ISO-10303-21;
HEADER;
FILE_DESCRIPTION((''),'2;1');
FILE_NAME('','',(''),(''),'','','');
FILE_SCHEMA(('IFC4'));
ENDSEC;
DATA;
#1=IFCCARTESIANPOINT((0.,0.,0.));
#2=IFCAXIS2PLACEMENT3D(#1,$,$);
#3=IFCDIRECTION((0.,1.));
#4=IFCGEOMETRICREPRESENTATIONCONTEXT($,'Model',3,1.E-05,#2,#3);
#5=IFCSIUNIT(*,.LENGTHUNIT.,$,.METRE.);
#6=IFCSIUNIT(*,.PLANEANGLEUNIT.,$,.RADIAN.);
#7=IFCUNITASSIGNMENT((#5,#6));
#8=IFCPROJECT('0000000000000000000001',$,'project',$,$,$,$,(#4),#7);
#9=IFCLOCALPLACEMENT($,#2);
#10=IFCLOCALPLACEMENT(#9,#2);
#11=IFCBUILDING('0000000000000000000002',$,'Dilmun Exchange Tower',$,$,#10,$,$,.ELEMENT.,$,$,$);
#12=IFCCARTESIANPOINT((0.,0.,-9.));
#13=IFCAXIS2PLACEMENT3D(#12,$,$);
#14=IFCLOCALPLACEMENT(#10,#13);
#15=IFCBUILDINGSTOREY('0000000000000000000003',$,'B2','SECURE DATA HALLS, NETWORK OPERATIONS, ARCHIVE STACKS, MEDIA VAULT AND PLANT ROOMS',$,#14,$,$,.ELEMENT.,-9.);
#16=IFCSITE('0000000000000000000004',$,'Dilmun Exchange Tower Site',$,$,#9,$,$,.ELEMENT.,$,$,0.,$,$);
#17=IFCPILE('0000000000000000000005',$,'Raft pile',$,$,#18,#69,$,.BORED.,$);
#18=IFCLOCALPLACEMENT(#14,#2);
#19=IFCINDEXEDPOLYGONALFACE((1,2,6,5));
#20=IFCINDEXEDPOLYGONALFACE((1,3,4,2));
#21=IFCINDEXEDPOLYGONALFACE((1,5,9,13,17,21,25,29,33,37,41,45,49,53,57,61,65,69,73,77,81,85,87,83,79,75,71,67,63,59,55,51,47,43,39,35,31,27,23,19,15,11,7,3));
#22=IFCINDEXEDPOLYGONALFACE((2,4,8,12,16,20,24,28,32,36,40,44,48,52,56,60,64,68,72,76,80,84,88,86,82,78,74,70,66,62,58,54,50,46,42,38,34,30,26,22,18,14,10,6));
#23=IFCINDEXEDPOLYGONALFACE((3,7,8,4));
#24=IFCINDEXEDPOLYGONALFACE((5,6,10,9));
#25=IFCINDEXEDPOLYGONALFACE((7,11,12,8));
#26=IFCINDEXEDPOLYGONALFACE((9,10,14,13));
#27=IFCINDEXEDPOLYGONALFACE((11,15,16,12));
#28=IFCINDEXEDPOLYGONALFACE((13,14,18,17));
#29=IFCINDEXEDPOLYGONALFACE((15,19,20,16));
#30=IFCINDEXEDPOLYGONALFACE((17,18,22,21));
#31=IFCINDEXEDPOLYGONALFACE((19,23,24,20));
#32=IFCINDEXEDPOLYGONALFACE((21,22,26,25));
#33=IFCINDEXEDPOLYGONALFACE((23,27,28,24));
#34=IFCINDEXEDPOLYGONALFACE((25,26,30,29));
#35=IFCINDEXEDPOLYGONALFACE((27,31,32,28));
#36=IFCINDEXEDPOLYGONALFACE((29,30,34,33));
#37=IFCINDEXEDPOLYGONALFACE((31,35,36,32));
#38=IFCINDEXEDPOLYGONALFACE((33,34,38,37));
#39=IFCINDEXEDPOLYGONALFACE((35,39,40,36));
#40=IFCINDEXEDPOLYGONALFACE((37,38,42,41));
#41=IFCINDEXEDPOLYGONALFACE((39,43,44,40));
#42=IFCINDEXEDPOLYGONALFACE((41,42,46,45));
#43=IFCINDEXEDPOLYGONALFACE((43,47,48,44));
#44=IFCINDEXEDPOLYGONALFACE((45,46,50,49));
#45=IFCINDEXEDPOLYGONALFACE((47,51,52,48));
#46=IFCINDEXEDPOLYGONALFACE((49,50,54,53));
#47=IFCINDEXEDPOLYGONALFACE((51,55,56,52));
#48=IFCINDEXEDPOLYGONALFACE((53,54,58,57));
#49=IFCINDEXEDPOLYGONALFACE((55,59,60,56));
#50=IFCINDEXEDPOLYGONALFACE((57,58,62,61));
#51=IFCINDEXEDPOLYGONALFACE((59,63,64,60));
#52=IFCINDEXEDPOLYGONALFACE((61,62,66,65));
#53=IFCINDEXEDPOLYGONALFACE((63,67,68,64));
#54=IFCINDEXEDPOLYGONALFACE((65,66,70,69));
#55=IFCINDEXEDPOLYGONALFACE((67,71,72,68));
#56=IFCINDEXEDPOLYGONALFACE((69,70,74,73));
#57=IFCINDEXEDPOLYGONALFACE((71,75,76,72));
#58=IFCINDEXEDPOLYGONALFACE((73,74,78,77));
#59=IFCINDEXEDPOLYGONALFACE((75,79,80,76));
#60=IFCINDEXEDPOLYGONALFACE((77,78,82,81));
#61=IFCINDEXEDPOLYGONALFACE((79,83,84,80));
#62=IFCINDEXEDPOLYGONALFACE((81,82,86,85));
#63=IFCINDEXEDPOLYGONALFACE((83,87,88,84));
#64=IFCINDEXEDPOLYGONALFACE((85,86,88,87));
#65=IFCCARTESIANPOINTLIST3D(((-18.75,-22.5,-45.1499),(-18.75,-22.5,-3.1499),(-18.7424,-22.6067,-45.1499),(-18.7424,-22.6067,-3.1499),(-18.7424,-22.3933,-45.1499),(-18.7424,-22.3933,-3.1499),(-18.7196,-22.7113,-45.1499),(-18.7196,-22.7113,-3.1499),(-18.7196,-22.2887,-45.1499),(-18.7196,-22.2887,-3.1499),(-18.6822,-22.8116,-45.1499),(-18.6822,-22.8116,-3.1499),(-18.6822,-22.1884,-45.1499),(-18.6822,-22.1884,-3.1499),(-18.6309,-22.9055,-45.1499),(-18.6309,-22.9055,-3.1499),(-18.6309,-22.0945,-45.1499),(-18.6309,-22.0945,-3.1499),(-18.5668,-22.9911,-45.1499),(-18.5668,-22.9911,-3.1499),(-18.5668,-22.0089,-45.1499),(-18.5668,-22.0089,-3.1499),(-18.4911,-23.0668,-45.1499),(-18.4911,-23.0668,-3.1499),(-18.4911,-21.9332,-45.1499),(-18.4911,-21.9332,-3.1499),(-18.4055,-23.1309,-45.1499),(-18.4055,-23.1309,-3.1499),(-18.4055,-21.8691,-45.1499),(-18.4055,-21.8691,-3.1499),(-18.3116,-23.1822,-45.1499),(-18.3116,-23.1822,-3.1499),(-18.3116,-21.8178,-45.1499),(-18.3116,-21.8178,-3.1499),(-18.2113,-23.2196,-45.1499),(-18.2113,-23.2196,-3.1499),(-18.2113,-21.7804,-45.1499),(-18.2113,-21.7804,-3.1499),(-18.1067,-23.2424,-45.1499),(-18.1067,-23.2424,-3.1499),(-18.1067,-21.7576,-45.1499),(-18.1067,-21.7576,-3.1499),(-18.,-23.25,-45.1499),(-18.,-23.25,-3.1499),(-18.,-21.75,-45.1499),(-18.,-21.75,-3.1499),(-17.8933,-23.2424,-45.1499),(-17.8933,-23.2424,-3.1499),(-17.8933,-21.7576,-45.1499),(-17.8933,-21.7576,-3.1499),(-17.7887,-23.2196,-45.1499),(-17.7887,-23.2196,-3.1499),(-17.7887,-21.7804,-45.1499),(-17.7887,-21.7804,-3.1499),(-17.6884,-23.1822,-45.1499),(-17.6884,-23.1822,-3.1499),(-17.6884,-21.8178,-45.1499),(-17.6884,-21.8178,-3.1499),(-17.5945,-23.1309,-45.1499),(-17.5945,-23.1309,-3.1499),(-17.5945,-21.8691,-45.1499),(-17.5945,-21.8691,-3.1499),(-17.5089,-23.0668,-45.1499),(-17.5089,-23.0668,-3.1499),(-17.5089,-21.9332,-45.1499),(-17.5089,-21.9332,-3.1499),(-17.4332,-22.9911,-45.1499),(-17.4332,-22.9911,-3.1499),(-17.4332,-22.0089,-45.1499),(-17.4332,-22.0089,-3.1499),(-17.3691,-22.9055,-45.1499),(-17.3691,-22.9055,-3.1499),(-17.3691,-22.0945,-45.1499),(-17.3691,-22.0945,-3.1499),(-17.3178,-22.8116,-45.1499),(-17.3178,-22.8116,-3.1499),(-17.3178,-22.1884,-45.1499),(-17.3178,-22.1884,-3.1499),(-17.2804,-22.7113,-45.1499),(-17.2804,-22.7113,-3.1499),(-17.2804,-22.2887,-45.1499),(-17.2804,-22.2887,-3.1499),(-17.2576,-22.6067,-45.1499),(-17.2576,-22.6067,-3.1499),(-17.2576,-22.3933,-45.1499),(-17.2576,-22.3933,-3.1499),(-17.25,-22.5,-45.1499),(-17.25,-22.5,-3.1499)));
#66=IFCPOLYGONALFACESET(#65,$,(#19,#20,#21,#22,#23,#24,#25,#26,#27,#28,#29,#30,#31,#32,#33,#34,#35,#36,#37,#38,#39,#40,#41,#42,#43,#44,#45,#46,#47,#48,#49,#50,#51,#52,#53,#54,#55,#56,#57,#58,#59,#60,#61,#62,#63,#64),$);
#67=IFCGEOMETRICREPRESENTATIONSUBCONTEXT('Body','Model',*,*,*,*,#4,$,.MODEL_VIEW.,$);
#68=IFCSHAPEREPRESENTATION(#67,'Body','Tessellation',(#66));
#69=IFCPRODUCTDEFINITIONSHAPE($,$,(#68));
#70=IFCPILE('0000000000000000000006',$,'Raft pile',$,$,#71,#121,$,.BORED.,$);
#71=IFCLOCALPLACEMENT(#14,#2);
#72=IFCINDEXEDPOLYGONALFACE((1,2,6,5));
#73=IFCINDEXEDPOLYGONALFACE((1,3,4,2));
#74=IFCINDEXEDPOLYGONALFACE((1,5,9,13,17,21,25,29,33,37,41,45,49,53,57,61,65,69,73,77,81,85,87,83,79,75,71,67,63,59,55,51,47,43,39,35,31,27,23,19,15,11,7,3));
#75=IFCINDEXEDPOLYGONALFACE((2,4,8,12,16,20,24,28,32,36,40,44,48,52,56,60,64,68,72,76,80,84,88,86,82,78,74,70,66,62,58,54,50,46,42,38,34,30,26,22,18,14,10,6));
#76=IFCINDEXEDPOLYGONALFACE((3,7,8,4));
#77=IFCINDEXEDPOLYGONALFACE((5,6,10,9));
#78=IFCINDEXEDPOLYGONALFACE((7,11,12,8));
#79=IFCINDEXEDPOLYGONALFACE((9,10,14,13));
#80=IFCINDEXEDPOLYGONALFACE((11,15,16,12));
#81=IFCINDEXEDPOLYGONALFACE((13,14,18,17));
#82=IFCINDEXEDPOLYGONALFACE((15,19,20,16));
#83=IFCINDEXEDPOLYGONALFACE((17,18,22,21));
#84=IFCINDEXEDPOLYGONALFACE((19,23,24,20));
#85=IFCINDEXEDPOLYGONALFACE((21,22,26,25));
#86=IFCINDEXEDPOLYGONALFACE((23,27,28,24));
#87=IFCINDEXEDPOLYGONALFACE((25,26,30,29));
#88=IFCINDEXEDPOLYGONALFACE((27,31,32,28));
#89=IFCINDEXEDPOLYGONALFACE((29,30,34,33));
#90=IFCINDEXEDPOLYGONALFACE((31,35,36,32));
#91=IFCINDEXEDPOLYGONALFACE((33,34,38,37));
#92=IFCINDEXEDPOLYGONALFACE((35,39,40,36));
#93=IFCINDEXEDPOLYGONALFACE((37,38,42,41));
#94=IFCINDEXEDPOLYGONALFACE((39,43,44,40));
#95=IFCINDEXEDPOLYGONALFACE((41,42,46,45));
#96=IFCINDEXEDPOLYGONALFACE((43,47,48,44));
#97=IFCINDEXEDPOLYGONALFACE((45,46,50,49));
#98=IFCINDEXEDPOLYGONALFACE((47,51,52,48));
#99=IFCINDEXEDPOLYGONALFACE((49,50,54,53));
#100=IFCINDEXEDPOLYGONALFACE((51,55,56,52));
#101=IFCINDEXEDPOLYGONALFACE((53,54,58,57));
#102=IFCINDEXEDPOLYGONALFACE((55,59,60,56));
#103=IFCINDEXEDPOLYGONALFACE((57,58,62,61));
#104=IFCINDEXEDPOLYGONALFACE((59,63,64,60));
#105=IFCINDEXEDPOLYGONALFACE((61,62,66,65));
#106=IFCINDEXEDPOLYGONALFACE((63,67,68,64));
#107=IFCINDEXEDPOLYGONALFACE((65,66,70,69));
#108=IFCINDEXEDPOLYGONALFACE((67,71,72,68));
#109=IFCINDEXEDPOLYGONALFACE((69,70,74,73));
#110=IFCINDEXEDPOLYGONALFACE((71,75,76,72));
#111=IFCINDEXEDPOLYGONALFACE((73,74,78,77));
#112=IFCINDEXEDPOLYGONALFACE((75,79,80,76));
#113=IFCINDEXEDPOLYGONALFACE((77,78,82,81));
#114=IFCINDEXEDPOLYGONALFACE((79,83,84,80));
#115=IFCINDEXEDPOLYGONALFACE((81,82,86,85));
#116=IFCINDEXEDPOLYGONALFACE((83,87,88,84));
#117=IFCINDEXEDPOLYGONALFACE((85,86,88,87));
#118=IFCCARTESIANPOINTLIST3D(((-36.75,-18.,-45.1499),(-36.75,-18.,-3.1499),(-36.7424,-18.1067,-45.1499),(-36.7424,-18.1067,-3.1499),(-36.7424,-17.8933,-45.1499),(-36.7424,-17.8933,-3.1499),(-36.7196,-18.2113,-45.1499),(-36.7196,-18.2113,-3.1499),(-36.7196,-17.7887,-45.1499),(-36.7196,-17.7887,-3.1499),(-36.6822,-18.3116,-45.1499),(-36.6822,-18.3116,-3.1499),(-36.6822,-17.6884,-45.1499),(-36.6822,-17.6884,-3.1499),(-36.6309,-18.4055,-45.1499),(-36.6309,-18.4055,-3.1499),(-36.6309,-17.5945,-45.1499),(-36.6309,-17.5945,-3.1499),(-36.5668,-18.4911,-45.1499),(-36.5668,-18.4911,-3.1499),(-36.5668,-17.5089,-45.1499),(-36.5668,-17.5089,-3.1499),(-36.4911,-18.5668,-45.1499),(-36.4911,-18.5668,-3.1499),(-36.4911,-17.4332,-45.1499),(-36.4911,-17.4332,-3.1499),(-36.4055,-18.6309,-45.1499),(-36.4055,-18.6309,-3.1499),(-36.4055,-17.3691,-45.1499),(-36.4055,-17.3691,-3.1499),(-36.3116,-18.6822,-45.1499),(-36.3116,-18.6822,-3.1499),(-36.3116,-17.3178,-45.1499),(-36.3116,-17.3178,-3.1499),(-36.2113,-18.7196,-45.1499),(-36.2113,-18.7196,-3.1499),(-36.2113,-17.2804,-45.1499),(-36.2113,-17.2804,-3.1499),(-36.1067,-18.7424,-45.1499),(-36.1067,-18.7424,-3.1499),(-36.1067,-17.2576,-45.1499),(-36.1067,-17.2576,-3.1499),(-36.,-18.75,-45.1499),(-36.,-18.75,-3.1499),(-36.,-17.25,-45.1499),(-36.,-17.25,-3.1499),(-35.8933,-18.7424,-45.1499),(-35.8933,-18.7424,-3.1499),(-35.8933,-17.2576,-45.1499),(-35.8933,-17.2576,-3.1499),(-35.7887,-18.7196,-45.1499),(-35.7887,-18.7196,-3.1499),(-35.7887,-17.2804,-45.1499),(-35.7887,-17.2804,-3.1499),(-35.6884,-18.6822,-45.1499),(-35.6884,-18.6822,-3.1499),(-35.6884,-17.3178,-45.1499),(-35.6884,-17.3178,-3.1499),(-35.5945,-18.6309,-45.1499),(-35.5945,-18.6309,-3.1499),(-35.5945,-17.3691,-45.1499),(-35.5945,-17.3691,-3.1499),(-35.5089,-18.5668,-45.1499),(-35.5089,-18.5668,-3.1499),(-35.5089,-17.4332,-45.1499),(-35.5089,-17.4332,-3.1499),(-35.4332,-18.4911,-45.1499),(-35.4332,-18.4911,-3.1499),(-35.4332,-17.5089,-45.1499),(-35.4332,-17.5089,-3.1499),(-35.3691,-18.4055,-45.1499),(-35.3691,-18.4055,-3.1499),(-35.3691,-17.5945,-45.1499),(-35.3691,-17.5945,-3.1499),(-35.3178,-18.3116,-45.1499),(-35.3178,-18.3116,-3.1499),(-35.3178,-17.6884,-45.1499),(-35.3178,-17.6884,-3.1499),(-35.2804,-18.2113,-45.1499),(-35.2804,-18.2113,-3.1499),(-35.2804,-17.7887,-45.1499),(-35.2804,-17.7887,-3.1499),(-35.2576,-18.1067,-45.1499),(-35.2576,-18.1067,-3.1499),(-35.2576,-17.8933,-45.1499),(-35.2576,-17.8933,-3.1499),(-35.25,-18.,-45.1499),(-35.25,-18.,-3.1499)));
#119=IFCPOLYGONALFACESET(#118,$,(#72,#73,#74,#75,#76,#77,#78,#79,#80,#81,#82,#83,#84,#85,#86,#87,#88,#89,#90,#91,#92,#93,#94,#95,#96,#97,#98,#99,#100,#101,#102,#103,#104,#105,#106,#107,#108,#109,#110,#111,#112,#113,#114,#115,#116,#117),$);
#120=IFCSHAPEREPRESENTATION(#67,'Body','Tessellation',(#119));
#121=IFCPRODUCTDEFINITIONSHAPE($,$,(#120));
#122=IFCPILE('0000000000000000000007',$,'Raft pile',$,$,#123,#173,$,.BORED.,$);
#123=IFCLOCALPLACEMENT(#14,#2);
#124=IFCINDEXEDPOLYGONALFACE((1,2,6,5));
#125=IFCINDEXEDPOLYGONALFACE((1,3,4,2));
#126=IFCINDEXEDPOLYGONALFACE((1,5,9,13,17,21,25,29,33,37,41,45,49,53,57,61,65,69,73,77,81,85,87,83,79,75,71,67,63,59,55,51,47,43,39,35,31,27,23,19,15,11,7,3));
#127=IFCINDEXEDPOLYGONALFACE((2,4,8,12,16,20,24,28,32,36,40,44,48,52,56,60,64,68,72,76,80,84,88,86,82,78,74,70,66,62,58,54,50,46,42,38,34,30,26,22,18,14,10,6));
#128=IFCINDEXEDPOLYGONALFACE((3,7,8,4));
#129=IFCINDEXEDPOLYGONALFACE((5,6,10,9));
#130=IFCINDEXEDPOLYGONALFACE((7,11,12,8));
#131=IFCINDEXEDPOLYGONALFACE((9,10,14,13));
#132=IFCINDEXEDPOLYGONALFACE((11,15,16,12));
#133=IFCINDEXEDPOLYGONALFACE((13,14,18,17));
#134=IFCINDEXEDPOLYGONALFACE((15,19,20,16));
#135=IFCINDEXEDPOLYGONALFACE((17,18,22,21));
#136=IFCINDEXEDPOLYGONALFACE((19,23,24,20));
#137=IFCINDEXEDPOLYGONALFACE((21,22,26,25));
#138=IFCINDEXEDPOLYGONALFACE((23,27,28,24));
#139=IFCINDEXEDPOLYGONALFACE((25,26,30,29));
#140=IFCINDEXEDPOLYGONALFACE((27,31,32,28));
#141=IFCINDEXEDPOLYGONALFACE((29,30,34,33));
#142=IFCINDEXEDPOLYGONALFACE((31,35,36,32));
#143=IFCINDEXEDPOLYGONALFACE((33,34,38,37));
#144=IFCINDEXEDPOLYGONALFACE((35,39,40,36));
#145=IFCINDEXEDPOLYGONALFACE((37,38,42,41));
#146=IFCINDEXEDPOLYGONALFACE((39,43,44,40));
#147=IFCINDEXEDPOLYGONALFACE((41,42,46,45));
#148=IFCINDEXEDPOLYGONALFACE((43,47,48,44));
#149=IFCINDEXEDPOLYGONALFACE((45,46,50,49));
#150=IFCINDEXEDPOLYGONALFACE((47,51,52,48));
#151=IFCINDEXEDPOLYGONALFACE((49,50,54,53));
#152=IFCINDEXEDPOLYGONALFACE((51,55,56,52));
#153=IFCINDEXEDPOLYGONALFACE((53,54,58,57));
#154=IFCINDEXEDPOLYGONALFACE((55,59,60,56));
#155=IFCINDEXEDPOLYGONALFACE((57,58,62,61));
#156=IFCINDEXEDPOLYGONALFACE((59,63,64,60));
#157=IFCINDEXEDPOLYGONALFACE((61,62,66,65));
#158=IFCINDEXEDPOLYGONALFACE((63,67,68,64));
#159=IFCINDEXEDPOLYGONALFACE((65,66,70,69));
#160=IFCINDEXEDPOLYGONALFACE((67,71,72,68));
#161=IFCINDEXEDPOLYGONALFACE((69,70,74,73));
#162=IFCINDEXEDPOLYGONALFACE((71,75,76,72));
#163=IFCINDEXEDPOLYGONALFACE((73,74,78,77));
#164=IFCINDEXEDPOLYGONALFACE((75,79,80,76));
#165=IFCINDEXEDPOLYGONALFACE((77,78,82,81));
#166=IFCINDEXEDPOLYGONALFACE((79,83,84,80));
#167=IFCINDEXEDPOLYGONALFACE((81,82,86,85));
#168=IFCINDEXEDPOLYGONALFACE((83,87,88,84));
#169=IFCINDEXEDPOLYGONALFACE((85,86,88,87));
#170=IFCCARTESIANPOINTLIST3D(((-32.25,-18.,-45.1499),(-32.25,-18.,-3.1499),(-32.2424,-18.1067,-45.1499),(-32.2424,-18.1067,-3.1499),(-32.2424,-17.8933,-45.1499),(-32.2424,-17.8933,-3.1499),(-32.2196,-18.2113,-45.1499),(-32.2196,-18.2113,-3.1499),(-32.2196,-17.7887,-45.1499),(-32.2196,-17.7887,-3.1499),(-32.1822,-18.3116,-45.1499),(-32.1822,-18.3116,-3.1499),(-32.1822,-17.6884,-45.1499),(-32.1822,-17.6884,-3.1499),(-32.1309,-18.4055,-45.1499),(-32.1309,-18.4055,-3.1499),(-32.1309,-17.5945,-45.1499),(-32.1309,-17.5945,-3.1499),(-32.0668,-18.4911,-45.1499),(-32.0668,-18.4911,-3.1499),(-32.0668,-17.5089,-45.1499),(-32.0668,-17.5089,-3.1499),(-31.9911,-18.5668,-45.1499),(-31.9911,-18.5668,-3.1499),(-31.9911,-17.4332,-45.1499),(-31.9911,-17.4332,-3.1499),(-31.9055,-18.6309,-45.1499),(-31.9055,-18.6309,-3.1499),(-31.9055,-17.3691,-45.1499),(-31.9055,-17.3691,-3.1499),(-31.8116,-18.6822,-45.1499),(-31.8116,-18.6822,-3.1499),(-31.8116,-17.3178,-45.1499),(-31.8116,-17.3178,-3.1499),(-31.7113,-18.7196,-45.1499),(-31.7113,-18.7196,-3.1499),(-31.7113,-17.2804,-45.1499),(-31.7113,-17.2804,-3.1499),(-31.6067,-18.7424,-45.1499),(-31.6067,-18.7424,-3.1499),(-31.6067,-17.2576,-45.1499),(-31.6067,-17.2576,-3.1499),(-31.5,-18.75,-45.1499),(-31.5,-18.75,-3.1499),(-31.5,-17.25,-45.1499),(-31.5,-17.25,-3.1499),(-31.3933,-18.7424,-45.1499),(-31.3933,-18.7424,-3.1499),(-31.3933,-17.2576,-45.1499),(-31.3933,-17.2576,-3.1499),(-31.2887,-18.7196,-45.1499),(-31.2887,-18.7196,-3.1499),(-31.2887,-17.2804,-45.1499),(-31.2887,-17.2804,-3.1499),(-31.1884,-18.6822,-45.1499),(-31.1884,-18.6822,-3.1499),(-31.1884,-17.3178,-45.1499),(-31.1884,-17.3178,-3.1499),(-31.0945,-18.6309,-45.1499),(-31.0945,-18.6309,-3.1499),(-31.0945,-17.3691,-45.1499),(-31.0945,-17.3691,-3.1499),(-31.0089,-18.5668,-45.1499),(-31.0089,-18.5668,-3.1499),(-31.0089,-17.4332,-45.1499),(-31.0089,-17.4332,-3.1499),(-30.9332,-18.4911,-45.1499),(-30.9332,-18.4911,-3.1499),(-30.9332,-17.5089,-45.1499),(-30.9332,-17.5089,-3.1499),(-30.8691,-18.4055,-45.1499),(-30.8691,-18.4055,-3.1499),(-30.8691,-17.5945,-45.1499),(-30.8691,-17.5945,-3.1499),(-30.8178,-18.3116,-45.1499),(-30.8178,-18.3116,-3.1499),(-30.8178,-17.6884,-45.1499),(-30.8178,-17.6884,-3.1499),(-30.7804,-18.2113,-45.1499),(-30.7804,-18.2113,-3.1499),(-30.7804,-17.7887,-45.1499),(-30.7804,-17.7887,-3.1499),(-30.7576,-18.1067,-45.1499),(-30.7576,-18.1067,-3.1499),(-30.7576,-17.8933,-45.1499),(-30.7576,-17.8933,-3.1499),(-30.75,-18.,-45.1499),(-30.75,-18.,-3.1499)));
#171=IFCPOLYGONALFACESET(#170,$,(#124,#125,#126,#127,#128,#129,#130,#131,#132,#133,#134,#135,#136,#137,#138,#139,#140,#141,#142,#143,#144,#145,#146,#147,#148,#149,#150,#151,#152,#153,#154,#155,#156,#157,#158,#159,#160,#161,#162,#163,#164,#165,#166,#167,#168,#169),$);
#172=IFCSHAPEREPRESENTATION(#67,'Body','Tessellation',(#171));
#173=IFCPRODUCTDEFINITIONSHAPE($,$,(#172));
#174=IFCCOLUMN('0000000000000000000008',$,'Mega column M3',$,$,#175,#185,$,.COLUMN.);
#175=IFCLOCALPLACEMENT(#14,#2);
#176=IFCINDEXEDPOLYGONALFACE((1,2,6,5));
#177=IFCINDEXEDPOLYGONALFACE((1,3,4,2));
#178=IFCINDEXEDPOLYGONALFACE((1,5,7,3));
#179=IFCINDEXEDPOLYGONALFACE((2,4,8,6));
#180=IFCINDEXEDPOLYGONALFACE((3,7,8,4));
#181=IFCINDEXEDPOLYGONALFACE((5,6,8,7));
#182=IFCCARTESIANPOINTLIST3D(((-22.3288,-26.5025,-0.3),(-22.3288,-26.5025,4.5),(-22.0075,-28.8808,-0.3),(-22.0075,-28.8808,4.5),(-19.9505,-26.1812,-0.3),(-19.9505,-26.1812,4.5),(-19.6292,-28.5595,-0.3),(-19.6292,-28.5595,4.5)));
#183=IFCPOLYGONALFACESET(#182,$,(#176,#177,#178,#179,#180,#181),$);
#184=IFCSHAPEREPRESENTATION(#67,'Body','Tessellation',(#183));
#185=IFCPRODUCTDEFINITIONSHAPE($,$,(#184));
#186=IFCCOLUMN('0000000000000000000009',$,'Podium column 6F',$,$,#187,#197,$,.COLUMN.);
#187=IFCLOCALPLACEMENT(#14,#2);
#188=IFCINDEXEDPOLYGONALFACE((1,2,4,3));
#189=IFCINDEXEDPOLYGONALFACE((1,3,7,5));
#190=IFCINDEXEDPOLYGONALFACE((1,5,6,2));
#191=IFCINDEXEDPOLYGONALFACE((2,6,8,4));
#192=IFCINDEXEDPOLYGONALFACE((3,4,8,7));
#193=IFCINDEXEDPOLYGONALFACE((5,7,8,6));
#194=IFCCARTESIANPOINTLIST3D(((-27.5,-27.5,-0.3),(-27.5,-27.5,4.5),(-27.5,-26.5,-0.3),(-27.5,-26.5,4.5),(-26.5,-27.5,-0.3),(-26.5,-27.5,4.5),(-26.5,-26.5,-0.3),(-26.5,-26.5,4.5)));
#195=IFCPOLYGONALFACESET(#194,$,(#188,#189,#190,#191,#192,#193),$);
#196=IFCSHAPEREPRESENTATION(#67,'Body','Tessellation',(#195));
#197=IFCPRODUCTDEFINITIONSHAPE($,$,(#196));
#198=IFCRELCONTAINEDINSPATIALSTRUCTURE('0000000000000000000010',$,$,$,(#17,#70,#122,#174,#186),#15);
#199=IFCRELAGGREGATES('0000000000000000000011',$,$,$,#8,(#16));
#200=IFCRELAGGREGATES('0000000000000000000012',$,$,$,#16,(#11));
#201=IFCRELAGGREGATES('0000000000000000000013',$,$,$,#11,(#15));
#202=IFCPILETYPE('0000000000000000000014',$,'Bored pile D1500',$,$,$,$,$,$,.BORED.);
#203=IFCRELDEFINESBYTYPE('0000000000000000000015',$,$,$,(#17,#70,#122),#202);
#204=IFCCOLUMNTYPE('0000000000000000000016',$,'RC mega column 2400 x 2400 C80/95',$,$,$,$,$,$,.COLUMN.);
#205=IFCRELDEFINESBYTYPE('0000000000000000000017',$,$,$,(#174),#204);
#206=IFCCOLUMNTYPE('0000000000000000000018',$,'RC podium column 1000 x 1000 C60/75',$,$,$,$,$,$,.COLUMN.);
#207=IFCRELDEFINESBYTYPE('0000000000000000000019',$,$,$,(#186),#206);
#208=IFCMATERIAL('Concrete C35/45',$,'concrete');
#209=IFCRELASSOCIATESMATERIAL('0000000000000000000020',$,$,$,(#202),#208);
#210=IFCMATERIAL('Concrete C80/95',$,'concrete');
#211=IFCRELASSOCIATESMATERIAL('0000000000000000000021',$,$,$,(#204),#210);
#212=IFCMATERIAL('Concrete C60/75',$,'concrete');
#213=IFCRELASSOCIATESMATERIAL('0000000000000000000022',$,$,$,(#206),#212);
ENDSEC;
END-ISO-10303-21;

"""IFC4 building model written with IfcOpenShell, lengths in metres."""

from ifc_helpers import new_model, si_unit, direction, frame, origin, origin_2d, place, context, subcontext, project, spatial, rectangle, circle, extrude, material, material_profile, profile_set, type_object, element, save


model = new_model("IFC4")

# Units and contexts
model_context = context("Model", 3, precision=1e-05, world=origin(), true_north=direction((0.0, 1.0)))
body_context = subcontext(model_context, "Body", "Model", "MODEL_VIEW")
ifc_project = project(units=[si_unit("LENGTHUNIT", "METRE"), si_unit("PLANEANGLEUNIT", "RADIAN")], contexts=[model_context])

# Site, building, storey
site_placement = place(None, origin())
site = spatial("IfcSite", under=ifc_project, at=site_placement, Name="Dilmun Exchange Tower Site", CompositionType="ELEMENT", RefElevation=0.0)
building_placement = place(site_placement, origin())
building = spatial("IfcBuilding", under=site, at=building_placement, Name="Dilmun Exchange Tower", CompositionType="ELEMENT")
storey_placement = place(building_placement, frame((0.0, 0.0, -9.0)))
storey = spatial("IfcBuildingStorey", under=building, at=storey_placement, Name="B2", Description="SECURE DATA HALLS, NETWORK OPERATIONS, ARCHIVE STACKS, MEDIA VAULT AND PLANT ROOMS", CompositionType="ELEMENT", Elevation=-9.0)

# Piles
ifc_material_1 = material(Name="Concrete C35/45", Category="concrete")
ifc_material_profile_1 = material_profile(ifc_material_1, circle(Radius=0.75, at=origin_2d()), Name="D1500")
ifc_profile_set_1 = profile_set([ifc_material_profile_1], Name="Concrete C35/45")
pile_type = type_object("IfcPileType", Name="Bored pile D1500", PredefinedType="BORED", material=ifc_profile_set_1)
for number, where, z_axis, x_axis, name in (
    (1, (-18.0, -22.5, -3.1499), (0.0, 0.0, -1.0), (1.0, 0.0, 0.0), "Raft pile"),
    (2, (-36.0, -18.0, -3.1499), (0.0, 0.0, -1.0), (1.0, 0.0, 0.0), "Raft pile"),
    (3, (-31.5, -18.0, -3.1499), (0.0, 0.0, -1.0), (1.0, 0.0, 0.0), "Raft pile"),
):
    element("IfcPile", number, at=place(storey_placement, frame(where, z_axis=z_axis, x_axis=x_axis)), inside=storey, type_object=pile_type, Name=name, PredefinedType="BORED", context=body_context, shape_type="SweptSolid", body=[
        extrude(circle(Radius=0.75, at=origin_2d()), origin(), (0.0, 0.0, 1.0), 42.0),
    ])

# Columns
ifc_material_2 = material(Name="Concrete C80/95", Category="concrete")
ifc_material_profile_2 = material_profile(ifc_material_2, rectangle(XDim=2.3999, YDim=2.3999, at=origin_2d()), Name="2400 x 2400")
ifc_profile_set_2 = profile_set([ifc_material_profile_2], Name="Concrete C80/95")
column_type_1 = type_object("IfcColumnType", Name="RC mega column 2400 x 2400 C80/95", PredefinedType="COLUMN", material=ifc_profile_set_2)
column_1_placement = place(storey_placement, frame((-20.979, -27.531, -0.3), z_axis=(0.0, 0.0, 1.0), x_axis=(0.991001, 0.133853, 0.0)))
element("IfcColumn", 4, at=column_1_placement, inside=storey, type_object=column_type_1, Name="Mega column M3", PredefinedType="COLUMN", context=body_context, shape_type="SweptSolid", body=[
    extrude(rectangle(XDim=2.3999, YDim=2.3999, at=origin_2d()), origin(), (0.0, 0.0, 1.0), 4.8),
])
ifc_material_3 = material(Name="Concrete C60/75", Category="concrete")
ifc_material_profile_3 = material_profile(ifc_material_3, rectangle(XDim=1.0, YDim=1.0, at=origin_2d()), Name="1000 x 1000")
ifc_profile_set_3 = profile_set([ifc_material_profile_3], Name="Concrete C60/75")
column_type_2 = type_object("IfcColumnType", Name="RC podium column 1000 x 1000 C60/75", PredefinedType="COLUMN", material=ifc_profile_set_3)
column_2_placement = place(storey_placement, frame((-27.0, -27.0, -0.3), z_axis=(0.0, 0.0, 1.0), x_axis=(1.0, 0.0, 0.0)))
element("IfcColumn", 5, at=column_2_placement, inside=storey, type_object=column_type_2, Name="Podium column 6F", PredefinedType="COLUMN", context=body_context, shape_type="SweptSolid", body=[
    extrude(rectangle(XDim=1.0, YDim=1.0, at=origin_2d()), origin(), (0.0, 0.0, 1.0), 4.8),
])

save(model, "model.ifc")
